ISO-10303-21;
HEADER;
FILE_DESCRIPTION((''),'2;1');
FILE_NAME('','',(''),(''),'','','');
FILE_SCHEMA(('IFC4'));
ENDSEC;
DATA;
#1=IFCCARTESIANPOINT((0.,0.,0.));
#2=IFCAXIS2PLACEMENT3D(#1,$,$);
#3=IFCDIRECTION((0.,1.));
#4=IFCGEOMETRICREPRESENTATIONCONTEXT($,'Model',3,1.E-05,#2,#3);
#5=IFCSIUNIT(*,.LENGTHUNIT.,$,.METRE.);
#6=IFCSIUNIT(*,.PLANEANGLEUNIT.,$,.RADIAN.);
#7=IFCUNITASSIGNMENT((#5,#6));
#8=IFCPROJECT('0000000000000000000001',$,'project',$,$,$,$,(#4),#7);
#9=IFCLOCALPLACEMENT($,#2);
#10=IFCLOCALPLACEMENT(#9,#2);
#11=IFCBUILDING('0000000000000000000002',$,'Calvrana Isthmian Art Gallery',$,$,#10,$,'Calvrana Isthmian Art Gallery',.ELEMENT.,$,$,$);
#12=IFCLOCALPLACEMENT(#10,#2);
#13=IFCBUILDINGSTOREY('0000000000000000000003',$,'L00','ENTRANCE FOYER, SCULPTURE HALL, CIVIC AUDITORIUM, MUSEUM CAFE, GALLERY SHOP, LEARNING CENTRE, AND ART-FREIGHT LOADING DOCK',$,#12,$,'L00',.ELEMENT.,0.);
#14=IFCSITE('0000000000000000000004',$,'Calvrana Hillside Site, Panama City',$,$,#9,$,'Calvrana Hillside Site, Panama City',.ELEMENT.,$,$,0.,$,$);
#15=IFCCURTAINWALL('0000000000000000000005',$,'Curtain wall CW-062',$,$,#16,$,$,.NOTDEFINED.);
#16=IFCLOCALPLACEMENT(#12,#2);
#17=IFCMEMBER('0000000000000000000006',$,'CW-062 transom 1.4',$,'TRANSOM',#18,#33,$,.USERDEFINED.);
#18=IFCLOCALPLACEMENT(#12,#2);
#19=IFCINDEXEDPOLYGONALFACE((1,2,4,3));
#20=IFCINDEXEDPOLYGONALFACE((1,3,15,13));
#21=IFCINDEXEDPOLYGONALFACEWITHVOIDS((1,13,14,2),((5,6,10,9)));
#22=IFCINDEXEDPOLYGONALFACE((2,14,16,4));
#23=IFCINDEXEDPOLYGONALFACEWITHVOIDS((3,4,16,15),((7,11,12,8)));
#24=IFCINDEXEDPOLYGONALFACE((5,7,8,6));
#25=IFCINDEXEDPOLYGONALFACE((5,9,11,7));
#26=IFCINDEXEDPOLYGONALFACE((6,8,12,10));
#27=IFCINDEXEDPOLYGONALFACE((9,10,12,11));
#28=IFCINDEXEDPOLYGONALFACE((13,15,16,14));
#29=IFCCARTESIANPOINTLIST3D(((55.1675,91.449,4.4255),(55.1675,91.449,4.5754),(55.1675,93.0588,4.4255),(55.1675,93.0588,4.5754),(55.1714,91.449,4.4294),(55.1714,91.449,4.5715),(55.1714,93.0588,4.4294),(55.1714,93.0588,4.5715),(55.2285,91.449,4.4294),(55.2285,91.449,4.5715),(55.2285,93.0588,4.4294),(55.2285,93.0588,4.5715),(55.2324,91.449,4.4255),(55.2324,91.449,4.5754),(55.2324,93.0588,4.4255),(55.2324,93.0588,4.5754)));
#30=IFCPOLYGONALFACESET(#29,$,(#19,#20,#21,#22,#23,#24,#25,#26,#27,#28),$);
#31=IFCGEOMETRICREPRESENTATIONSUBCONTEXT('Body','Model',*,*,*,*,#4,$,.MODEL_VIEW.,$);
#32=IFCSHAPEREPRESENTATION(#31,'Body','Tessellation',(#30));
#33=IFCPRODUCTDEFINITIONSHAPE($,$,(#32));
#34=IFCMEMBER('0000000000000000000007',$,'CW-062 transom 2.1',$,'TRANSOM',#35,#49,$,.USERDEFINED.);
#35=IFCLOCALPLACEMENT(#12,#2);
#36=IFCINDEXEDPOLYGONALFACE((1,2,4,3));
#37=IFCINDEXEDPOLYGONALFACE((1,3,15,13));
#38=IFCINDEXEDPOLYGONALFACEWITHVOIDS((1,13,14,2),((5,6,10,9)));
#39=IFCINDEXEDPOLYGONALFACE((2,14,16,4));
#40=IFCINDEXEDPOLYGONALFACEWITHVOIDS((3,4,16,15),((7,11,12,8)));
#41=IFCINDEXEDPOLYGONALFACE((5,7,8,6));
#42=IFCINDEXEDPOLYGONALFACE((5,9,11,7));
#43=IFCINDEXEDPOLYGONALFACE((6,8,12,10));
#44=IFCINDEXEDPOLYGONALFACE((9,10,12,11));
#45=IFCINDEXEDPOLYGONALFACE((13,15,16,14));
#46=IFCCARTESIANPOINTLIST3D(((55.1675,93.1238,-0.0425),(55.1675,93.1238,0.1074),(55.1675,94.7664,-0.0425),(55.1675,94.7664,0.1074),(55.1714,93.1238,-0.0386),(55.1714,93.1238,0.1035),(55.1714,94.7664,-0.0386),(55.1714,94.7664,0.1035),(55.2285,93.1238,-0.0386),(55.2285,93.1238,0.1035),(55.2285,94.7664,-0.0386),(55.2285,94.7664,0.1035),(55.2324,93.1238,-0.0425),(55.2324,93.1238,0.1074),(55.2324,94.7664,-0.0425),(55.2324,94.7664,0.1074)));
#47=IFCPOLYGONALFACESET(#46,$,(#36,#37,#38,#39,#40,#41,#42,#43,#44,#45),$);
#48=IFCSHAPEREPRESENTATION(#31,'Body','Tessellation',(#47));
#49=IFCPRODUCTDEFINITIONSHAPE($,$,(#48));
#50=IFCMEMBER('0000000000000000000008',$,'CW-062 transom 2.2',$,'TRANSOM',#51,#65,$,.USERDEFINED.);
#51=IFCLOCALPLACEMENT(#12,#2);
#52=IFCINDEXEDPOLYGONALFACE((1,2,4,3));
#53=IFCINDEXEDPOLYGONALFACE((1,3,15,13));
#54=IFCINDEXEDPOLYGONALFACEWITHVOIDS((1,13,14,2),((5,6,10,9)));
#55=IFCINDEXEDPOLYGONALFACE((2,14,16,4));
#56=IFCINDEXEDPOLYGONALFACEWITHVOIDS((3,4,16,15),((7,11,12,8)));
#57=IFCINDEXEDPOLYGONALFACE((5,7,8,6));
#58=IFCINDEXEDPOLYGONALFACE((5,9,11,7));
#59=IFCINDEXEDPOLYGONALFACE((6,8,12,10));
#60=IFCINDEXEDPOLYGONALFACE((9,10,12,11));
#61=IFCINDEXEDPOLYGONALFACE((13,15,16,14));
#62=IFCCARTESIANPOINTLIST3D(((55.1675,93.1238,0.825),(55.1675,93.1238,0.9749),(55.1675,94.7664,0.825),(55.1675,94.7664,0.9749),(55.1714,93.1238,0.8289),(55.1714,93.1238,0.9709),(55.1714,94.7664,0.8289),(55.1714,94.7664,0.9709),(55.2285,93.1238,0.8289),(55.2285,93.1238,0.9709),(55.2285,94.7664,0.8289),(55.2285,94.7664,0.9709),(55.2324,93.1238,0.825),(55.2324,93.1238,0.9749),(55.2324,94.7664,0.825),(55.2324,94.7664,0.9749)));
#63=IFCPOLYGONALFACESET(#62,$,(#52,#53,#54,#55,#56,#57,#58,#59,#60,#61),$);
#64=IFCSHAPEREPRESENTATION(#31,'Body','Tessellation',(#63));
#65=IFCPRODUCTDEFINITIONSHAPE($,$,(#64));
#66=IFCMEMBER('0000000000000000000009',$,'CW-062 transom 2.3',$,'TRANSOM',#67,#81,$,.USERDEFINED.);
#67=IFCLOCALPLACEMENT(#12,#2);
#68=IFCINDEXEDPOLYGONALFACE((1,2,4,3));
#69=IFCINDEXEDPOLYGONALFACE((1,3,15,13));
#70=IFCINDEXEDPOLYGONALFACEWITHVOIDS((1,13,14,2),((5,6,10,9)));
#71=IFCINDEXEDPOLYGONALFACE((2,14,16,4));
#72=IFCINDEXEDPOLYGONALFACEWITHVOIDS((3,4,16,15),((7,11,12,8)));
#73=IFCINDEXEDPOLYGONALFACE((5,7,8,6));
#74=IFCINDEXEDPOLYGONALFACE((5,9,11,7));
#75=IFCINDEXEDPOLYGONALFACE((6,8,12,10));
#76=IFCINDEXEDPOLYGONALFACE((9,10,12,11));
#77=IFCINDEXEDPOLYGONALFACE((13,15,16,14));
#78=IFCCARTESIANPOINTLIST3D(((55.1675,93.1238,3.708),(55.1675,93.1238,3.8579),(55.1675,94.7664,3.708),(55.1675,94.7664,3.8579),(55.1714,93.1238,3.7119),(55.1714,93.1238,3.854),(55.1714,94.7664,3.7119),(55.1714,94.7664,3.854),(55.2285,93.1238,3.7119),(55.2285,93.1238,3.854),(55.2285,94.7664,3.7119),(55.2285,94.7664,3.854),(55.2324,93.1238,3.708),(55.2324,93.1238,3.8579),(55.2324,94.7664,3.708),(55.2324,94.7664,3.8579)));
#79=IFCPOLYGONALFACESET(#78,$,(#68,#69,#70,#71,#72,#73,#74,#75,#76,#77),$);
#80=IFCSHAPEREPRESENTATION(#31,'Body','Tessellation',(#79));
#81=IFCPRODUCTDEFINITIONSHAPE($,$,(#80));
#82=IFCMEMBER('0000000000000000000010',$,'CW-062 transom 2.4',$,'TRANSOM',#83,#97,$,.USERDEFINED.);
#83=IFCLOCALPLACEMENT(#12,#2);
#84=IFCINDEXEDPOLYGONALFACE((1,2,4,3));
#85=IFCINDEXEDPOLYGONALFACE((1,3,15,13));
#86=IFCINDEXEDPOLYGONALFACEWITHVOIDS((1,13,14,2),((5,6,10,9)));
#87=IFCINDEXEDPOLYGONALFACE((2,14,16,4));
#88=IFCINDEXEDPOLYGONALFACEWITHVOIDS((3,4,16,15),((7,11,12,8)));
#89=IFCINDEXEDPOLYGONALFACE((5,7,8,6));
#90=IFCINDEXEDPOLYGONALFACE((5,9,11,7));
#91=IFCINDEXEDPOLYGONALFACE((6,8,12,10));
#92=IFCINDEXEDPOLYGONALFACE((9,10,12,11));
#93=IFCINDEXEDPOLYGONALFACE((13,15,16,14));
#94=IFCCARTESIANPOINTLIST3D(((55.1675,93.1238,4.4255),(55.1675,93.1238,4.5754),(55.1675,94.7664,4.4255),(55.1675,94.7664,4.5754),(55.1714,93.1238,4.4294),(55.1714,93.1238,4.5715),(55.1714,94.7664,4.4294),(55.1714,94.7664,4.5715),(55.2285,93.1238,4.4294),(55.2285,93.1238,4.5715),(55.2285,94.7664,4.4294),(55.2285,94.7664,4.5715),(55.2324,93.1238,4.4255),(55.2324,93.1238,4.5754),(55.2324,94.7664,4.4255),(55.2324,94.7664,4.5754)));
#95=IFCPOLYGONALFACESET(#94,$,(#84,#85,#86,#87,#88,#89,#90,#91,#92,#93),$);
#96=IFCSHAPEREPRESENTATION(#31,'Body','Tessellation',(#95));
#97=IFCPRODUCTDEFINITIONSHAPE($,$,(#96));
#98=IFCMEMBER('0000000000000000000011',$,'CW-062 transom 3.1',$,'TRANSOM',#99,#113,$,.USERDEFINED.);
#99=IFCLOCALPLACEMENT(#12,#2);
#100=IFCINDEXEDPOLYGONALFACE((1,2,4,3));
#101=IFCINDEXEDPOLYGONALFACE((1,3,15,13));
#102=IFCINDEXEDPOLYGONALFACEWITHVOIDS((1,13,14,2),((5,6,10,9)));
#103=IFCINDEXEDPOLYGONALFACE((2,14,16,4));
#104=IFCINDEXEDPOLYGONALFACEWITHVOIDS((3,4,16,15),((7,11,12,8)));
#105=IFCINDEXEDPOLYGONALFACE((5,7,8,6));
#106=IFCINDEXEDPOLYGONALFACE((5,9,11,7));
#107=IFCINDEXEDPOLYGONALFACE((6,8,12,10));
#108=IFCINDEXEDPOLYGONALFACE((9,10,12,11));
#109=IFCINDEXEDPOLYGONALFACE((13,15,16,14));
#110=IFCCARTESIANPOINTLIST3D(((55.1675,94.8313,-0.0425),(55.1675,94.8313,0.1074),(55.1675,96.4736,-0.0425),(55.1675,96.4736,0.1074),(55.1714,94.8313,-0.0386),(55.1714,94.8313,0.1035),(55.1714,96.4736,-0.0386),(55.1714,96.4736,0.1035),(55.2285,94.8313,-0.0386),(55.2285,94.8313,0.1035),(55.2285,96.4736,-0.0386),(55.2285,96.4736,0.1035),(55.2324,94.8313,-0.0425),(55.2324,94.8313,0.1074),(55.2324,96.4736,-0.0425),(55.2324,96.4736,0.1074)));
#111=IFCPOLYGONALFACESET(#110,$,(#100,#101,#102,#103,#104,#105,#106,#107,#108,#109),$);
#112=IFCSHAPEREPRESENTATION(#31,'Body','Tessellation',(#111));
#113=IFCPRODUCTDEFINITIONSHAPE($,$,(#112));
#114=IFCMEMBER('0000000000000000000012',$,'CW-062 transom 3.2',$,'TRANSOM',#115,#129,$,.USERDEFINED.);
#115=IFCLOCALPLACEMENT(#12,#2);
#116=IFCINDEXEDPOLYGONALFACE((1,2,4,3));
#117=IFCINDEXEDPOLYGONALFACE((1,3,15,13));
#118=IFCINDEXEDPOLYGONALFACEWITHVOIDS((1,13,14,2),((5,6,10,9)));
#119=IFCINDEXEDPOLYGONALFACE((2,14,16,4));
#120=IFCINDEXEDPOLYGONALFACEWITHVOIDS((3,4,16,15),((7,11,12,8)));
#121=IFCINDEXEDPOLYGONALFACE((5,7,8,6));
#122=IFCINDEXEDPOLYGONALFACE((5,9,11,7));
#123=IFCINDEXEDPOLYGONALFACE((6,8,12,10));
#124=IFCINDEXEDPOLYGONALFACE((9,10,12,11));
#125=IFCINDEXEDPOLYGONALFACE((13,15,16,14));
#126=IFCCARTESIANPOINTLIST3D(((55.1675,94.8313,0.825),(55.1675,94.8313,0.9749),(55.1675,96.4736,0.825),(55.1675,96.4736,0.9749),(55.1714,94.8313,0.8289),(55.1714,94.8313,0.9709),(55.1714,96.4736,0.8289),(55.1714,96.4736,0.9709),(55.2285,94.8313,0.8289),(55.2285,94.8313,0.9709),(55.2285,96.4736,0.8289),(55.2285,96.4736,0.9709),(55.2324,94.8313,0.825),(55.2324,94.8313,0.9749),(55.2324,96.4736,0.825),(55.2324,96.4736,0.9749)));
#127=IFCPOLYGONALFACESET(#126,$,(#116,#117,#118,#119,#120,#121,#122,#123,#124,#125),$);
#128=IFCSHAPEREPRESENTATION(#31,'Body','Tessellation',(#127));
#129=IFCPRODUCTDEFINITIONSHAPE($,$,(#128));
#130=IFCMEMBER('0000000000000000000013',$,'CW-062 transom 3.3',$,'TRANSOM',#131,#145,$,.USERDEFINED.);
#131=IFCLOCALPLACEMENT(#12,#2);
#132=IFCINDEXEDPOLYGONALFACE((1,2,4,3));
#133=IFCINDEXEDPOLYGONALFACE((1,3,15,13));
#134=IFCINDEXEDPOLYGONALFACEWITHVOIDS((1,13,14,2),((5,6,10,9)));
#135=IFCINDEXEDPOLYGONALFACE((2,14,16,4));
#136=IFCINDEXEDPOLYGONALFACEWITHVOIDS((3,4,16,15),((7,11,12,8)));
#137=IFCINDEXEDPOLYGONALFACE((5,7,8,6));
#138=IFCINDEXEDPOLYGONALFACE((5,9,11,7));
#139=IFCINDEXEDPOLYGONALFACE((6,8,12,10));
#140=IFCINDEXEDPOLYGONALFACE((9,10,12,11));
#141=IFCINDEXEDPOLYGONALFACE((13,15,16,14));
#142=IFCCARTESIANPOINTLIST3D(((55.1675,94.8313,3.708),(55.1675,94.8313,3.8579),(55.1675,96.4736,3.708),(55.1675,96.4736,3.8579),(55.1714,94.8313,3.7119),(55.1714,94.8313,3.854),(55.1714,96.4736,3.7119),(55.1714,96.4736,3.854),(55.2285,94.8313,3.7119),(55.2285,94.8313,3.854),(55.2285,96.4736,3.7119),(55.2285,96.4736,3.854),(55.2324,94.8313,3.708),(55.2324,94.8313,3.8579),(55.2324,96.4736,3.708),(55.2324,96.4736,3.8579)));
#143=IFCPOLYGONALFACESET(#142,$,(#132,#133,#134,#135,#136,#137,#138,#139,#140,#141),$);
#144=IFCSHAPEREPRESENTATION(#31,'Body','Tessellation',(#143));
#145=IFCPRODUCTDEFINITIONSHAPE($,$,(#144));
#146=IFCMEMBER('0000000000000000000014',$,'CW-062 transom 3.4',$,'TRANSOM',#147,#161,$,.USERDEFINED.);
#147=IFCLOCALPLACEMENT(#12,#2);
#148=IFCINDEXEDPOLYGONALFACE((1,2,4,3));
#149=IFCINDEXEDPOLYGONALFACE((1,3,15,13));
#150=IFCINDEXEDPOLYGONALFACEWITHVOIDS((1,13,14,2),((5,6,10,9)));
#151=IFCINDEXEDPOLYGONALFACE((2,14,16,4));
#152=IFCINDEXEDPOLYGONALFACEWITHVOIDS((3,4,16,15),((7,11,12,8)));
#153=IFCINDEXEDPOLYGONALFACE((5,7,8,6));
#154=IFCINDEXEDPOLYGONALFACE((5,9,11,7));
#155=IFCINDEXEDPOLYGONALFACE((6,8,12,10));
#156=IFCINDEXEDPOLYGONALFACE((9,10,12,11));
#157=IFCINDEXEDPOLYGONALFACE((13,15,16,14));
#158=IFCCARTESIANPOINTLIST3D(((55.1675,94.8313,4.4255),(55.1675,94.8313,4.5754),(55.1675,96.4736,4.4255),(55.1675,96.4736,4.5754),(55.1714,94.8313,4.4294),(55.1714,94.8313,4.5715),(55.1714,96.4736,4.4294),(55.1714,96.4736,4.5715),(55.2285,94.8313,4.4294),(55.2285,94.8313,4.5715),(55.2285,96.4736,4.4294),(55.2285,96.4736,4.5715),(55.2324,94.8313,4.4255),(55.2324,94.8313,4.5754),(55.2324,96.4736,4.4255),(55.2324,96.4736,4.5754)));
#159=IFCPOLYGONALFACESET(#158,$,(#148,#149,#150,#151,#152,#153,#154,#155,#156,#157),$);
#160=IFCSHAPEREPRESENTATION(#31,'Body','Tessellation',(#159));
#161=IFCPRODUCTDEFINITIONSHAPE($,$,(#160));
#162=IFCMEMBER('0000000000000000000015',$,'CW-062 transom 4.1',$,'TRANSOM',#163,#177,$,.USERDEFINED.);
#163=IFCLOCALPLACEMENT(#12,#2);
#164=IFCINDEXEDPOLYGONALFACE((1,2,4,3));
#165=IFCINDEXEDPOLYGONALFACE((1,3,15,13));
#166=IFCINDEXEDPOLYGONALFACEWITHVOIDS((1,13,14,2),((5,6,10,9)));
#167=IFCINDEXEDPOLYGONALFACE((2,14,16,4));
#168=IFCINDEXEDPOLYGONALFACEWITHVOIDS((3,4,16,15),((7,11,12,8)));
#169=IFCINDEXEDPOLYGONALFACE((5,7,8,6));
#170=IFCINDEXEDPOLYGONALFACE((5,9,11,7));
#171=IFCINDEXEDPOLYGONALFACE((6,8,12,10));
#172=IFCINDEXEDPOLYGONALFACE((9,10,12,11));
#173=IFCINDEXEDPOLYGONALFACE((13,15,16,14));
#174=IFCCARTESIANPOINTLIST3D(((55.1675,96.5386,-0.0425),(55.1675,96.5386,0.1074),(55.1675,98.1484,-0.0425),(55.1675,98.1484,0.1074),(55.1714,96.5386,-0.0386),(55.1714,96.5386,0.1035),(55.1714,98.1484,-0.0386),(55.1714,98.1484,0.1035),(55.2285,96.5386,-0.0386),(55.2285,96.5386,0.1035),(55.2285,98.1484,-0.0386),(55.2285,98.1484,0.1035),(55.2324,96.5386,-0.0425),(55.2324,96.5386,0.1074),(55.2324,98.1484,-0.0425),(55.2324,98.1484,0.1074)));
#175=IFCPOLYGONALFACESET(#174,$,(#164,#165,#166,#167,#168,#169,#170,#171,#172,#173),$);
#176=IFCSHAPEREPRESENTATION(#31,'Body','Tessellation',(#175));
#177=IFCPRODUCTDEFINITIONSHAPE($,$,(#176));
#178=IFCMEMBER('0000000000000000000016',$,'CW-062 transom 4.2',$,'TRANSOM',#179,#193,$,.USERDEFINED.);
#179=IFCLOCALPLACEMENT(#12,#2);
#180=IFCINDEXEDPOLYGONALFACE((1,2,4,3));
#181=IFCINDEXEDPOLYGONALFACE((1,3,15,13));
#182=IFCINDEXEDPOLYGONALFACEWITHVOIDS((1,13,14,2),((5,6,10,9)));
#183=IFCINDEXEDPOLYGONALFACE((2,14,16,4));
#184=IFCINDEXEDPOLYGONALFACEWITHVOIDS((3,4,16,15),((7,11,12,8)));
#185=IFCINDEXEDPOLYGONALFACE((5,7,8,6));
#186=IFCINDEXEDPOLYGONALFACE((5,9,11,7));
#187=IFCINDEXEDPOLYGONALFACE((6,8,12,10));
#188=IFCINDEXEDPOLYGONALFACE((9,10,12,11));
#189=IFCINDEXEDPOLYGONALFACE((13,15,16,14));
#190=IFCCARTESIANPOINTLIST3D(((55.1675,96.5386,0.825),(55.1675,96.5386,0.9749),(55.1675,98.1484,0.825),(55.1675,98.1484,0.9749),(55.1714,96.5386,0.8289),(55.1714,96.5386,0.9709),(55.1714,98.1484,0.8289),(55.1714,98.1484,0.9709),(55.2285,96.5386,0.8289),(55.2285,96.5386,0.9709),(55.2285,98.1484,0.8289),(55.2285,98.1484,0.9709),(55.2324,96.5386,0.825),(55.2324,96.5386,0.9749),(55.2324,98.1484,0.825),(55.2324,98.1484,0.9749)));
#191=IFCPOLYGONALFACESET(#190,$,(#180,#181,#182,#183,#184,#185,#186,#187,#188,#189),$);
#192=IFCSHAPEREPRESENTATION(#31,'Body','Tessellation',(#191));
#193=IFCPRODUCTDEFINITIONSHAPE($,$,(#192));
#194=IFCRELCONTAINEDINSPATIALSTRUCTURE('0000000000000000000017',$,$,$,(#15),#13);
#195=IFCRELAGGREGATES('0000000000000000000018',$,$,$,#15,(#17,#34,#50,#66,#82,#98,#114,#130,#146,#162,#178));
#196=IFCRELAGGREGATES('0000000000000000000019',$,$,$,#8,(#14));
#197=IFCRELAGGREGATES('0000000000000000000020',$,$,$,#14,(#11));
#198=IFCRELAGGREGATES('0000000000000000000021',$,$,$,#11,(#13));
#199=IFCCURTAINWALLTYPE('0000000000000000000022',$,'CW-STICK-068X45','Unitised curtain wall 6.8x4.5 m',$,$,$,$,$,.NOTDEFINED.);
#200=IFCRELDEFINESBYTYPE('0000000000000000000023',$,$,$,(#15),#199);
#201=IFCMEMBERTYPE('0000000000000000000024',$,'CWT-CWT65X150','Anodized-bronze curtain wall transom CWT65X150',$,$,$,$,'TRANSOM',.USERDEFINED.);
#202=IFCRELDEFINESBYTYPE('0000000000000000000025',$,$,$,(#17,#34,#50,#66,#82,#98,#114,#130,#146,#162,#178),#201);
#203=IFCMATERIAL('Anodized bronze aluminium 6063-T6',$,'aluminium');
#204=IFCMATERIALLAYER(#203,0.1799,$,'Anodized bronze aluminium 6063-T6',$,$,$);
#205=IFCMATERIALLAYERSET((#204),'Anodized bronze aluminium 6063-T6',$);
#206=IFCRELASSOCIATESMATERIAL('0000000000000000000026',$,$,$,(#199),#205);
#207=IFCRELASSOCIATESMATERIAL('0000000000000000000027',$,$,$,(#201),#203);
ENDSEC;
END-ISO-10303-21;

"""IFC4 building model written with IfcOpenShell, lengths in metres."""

from ifc_helpers import new_model, si_unit, direction, frame, origin, origin_2d, place, context, subcontext, project, spatial, hollow_rectangle, extrude, material, layer, layer_set, material_profile, profile_set, type_object, element, aggregate, save


model = new_model("IFC4")

# Units and contexts
model_context = context("Model", 3, precision=1e-05, world=origin(), true_north=direction((0.0, 1.0)))
body_context = subcontext(model_context, "Body", "Model", "MODEL_VIEW")
ifc_project = project(units=[si_unit("LENGTHUNIT", "METRE"), si_unit("PLANEANGLEUNIT", "RADIAN")], contexts=[model_context])

# Site, building, storey
site_placement = place(None, origin())
site = spatial("IfcSite", under=ifc_project, at=site_placement, Name="Calvrana Hillside Site, Panama City", LongName="Calvrana Hillside Site, Panama City", CompositionType="ELEMENT", RefElevation=0.0)
building_placement = place(site_placement, origin())
building = spatial("IfcBuilding", under=site, at=building_placement, Name="Calvrana Isthmian Art Gallery", LongName="Calvrana Isthmian Art Gallery", CompositionType="ELEMENT")
storey_placement = place(building_placement, origin())
storey = spatial("IfcBuildingStorey", under=building, at=storey_placement, Name="L00", Description="ENTRANCE FOYER, SCULPTURE HALL, CIVIC AUDITORIUM, MUSEUM CAFE, GALLERY SHOP, LEARNING CENTRE, AND ART-FREIGHT LOADING DOCK", LongName="L00", CompositionType="ELEMENT", Elevation=0.0)

# Curtain wall, members
ifc_material_1 = material(Name="Anodized bronze aluminium 6063-T6", Category="aluminium")
ifc_layer_1 = layer(ifc_material_1, 0.1799, Name="Anodized bronze aluminium 6063-T6")
ifc_layer_set_1 = layer_set([ifc_layer_1], Name="Anodized bronze aluminium 6063-T6")
curtain_wall_type = type_object("IfcCurtainWallType", Name="CW-STICK-068X45", Description="Unitised curtain wall 6.8x4.5 m", PredefinedType="NOTDEFINED", material=ifc_layer_set_1)
curtain_wall_placement = place(storey_placement, origin())
curtain_wall = element("IfcCurtainWall", 1, at=curtain_wall_placement, inside=storey, type_object=curtain_wall_type, Name="Curtain wall CW-062", PredefinedType="NOTDEFINED")
ifc_material_profile_1 = material_profile(ifc_material_1, hollow_rectangle(XDim=0.0649, YDim=0.1499, WallThickness=0.0039, at=origin_2d()), Name="CWT65X150")
ifc_profile_set_1 = profile_set([ifc_material_profile_1], Name="Anodized bronze aluminium 6063-T6")
member_type_1 = type_object("IfcMemberType", Name="CWT-CWT65X150", Description="Anodized-bronze curtain wall transom CWT65X150", ElementType="TRANSOM", PredefinedType="USERDEFINED", material=ifc_profile_set_1)
member_1_placement = place(storey_placement, frame((55.2, 91.449, 4.5005), z_axis=(0.0, 1.0, 0.0), x_axis=(-1.0, 0.0, 0.0)))
member_1 = element("IfcMember", 2, at=member_1_placement, type_object=member_type_1, Name="CW-062 transom 1.4", ObjectType="TRANSOM", PredefinedType="USERDEFINED", context=body_context, shape_type="SweptSolid", body=[
    extrude(hollow_rectangle(XDim=0.0649, YDim=0.1499, WallThickness=0.0039, at=origin_2d()), origin(), (0.0, 0.0, 1.0), 1.6099),
])
member_2_placement = place(storey_placement, frame((55.2, 93.1238, 0.0325), z_axis=(0.0, 1.0, 0.0), x_axis=(-1.0, 0.0, 0.0)))
member_2 = element("IfcMember", 3, at=member_2_placement, type_object=member_type_1, Name="CW-062 transom 2.1", ObjectType="TRANSOM", PredefinedType="USERDEFINED", context=body_context, shape_type="SweptSolid", body=[
    extrude(hollow_rectangle(XDim=0.0649, YDim=0.1499, WallThickness=0.0039, at=origin_2d()), origin(), (0.0, 0.0, 1.0), 1.6426),
])
member_3_placement = place(storey_placement, frame((55.2, 93.1238, 0.8999), z_axis=(0.0, 1.0, 0.0), x_axis=(-1.0, 0.0, 0.0)))
member_3 = element("IfcMember", 4, at=member_3_placement, type_object=member_type_1, Name="CW-062 transom 2.2", ObjectType="TRANSOM", PredefinedType="USERDEFINED", context=body_context, shape_type="SweptSolid", body=[
    extrude(hollow_rectangle(XDim=0.0649, YDim=0.1499, WallThickness=0.0039, at=origin_2d()), origin(), (0.0, 0.0, 1.0), 1.6426),
])
member_4_placement = place(storey_placement, frame((55.2, 93.1238, 3.783), z_axis=(0.0, 1.0, 0.0), x_axis=(-1.0, 0.0, 0.0)))
member_4 = element("IfcMember", 5, at=member_4_placement, type_object=member_type_1, Name="CW-062 transom 2.3", ObjectType="TRANSOM", PredefinedType="USERDEFINED", context=body_context, shape_type="SweptSolid", body=[
    extrude(hollow_rectangle(XDim=0.0649, YDim=0.1499, WallThickness=0.0039, at=origin_2d()), origin(), (0.0, 0.0, 1.0), 1.6426),
])
member_5_placement = place(storey_placement, frame((55.2, 93.1238, 4.5005), z_axis=(0.0, 1.0, 0.0), x_axis=(-1.0, 0.0, 0.0)))
member_5 = element("IfcMember", 6, at=member_5_placement, type_object=member_type_1, Name="CW-062 transom 2.4", ObjectType="TRANSOM", PredefinedType="USERDEFINED", context=body_context, shape_type="SweptSolid", body=[
    extrude(hollow_rectangle(XDim=0.0649, YDim=0.1499, WallThickness=0.0039, at=origin_2d()), origin(), (0.0, 0.0, 1.0), 1.6426),
])
member_6_placement = place(storey_placement, frame((55.2, 94.8313, 0.0325), z_axis=(0.0, 1.0, 0.0), x_axis=(-1.0, 0.0, 0.0)))
member_6 = element("IfcMember", 7, at=member_6_placement, type_object=member_type_1, Name="CW-062 transom 3.1", ObjectType="TRANSOM", PredefinedType="USERDEFINED", context=body_context, shape_type="SweptSolid", body=[
    extrude(hollow_rectangle(XDim=0.0649, YDim=0.1499, WallThickness=0.0039, at=origin_2d()), origin(), (0.0, 0.0, 1.0), 1.6423),
])
member_7_placement = place(storey_placement, frame((55.2, 94.8313, 0.8999), z_axis=(0.0, 1.0, 0.0), x_axis=(-1.0, 0.0, 0.0)))
member_7 = element("IfcMember", 8, at=member_7_placement, type_object=member_type_1, Name="CW-062 transom 3.2", ObjectType="TRANSOM", PredefinedType="USERDEFINED", context=body_context, shape_type="SweptSolid", body=[
    extrude(hollow_rectangle(XDim=0.0649, YDim=0.1499, WallThickness=0.0039, at=origin_2d()), origin(), (0.0, 0.0, 1.0), 1.6423),
])
member_8_placement = place(storey_placement, frame((55.2, 94.8313, 3.783), z_axis=(0.0, 1.0, 0.0), x_axis=(-1.0, 0.0, 0.0)))
member_8 = element("IfcMember", 9, at=member_8_placement, type_object=member_type_1, Name="CW-062 transom 3.3", ObjectType="TRANSOM", PredefinedType="USERDEFINED", context=body_context, shape_type="SweptSolid", body=[
    extrude(hollow_rectangle(XDim=0.0649, YDim=0.1499, WallThickness=0.0039, at=origin_2d()), origin(), (0.0, 0.0, 1.0), 1.6423),
])
member_9_placement = place(storey_placement, frame((55.2, 94.8313, 4.5005), z_axis=(0.0, 1.0, 0.0), x_axis=(-1.0, 0.0, 0.0)))
member_9 = element("IfcMember", 10, at=member_9_placement, type_object=member_type_1, Name="CW-062 transom 3.4", ObjectType="TRANSOM", PredefinedType="USERDEFINED", context=body_context, shape_type="SweptSolid", body=[
    extrude(hollow_rectangle(XDim=0.0649, YDim=0.1499, WallThickness=0.0039, at=origin_2d()), origin(), (0.0, 0.0, 1.0), 1.6423),
])
member_10_placement = place(storey_placement, frame((55.2, 96.5386, 0.0325), z_axis=(0.0, 1.0, 0.0), x_axis=(-1.0, 0.0, 0.0)))
member_10 = element("IfcMember", 11, at=member_10_placement, type_object=member_type_1, Name="CW-062 transom 4.1", ObjectType="TRANSOM", PredefinedType="USERDEFINED", context=body_context, shape_type="SweptSolid", body=[
    extrude(hollow_rectangle(XDim=0.0649, YDim=0.1499, WallThickness=0.0039, at=origin_2d()), origin(), (0.0, 0.0, 1.0), 1.6099),
])
member_11_placement = place(storey_placement, frame((55.2, 96.5386, 0.8999), z_axis=(0.0, 1.0, 0.0), x_axis=(-1.0, 0.0, 0.0)))
member_11 = element("IfcMember", 12, at=member_11_placement, type_object=member_type_1, Name="CW-062 transom 4.2", ObjectType="TRANSOM", PredefinedType="USERDEFINED", context=body_context, shape_type="SweptSolid", body=[
    extrude(hollow_rectangle(XDim=0.0649, YDim=0.1499, WallThickness=0.0039, at=origin_2d()), origin(), (0.0, 0.0, 1.0), 1.6099),
])
aggregate(curtain_wall, [member_1, member_2, member_3, member_4, member_5, member_6, member_7, member_8, member_9, member_10, member_11])

save(model, "model.ifc")
